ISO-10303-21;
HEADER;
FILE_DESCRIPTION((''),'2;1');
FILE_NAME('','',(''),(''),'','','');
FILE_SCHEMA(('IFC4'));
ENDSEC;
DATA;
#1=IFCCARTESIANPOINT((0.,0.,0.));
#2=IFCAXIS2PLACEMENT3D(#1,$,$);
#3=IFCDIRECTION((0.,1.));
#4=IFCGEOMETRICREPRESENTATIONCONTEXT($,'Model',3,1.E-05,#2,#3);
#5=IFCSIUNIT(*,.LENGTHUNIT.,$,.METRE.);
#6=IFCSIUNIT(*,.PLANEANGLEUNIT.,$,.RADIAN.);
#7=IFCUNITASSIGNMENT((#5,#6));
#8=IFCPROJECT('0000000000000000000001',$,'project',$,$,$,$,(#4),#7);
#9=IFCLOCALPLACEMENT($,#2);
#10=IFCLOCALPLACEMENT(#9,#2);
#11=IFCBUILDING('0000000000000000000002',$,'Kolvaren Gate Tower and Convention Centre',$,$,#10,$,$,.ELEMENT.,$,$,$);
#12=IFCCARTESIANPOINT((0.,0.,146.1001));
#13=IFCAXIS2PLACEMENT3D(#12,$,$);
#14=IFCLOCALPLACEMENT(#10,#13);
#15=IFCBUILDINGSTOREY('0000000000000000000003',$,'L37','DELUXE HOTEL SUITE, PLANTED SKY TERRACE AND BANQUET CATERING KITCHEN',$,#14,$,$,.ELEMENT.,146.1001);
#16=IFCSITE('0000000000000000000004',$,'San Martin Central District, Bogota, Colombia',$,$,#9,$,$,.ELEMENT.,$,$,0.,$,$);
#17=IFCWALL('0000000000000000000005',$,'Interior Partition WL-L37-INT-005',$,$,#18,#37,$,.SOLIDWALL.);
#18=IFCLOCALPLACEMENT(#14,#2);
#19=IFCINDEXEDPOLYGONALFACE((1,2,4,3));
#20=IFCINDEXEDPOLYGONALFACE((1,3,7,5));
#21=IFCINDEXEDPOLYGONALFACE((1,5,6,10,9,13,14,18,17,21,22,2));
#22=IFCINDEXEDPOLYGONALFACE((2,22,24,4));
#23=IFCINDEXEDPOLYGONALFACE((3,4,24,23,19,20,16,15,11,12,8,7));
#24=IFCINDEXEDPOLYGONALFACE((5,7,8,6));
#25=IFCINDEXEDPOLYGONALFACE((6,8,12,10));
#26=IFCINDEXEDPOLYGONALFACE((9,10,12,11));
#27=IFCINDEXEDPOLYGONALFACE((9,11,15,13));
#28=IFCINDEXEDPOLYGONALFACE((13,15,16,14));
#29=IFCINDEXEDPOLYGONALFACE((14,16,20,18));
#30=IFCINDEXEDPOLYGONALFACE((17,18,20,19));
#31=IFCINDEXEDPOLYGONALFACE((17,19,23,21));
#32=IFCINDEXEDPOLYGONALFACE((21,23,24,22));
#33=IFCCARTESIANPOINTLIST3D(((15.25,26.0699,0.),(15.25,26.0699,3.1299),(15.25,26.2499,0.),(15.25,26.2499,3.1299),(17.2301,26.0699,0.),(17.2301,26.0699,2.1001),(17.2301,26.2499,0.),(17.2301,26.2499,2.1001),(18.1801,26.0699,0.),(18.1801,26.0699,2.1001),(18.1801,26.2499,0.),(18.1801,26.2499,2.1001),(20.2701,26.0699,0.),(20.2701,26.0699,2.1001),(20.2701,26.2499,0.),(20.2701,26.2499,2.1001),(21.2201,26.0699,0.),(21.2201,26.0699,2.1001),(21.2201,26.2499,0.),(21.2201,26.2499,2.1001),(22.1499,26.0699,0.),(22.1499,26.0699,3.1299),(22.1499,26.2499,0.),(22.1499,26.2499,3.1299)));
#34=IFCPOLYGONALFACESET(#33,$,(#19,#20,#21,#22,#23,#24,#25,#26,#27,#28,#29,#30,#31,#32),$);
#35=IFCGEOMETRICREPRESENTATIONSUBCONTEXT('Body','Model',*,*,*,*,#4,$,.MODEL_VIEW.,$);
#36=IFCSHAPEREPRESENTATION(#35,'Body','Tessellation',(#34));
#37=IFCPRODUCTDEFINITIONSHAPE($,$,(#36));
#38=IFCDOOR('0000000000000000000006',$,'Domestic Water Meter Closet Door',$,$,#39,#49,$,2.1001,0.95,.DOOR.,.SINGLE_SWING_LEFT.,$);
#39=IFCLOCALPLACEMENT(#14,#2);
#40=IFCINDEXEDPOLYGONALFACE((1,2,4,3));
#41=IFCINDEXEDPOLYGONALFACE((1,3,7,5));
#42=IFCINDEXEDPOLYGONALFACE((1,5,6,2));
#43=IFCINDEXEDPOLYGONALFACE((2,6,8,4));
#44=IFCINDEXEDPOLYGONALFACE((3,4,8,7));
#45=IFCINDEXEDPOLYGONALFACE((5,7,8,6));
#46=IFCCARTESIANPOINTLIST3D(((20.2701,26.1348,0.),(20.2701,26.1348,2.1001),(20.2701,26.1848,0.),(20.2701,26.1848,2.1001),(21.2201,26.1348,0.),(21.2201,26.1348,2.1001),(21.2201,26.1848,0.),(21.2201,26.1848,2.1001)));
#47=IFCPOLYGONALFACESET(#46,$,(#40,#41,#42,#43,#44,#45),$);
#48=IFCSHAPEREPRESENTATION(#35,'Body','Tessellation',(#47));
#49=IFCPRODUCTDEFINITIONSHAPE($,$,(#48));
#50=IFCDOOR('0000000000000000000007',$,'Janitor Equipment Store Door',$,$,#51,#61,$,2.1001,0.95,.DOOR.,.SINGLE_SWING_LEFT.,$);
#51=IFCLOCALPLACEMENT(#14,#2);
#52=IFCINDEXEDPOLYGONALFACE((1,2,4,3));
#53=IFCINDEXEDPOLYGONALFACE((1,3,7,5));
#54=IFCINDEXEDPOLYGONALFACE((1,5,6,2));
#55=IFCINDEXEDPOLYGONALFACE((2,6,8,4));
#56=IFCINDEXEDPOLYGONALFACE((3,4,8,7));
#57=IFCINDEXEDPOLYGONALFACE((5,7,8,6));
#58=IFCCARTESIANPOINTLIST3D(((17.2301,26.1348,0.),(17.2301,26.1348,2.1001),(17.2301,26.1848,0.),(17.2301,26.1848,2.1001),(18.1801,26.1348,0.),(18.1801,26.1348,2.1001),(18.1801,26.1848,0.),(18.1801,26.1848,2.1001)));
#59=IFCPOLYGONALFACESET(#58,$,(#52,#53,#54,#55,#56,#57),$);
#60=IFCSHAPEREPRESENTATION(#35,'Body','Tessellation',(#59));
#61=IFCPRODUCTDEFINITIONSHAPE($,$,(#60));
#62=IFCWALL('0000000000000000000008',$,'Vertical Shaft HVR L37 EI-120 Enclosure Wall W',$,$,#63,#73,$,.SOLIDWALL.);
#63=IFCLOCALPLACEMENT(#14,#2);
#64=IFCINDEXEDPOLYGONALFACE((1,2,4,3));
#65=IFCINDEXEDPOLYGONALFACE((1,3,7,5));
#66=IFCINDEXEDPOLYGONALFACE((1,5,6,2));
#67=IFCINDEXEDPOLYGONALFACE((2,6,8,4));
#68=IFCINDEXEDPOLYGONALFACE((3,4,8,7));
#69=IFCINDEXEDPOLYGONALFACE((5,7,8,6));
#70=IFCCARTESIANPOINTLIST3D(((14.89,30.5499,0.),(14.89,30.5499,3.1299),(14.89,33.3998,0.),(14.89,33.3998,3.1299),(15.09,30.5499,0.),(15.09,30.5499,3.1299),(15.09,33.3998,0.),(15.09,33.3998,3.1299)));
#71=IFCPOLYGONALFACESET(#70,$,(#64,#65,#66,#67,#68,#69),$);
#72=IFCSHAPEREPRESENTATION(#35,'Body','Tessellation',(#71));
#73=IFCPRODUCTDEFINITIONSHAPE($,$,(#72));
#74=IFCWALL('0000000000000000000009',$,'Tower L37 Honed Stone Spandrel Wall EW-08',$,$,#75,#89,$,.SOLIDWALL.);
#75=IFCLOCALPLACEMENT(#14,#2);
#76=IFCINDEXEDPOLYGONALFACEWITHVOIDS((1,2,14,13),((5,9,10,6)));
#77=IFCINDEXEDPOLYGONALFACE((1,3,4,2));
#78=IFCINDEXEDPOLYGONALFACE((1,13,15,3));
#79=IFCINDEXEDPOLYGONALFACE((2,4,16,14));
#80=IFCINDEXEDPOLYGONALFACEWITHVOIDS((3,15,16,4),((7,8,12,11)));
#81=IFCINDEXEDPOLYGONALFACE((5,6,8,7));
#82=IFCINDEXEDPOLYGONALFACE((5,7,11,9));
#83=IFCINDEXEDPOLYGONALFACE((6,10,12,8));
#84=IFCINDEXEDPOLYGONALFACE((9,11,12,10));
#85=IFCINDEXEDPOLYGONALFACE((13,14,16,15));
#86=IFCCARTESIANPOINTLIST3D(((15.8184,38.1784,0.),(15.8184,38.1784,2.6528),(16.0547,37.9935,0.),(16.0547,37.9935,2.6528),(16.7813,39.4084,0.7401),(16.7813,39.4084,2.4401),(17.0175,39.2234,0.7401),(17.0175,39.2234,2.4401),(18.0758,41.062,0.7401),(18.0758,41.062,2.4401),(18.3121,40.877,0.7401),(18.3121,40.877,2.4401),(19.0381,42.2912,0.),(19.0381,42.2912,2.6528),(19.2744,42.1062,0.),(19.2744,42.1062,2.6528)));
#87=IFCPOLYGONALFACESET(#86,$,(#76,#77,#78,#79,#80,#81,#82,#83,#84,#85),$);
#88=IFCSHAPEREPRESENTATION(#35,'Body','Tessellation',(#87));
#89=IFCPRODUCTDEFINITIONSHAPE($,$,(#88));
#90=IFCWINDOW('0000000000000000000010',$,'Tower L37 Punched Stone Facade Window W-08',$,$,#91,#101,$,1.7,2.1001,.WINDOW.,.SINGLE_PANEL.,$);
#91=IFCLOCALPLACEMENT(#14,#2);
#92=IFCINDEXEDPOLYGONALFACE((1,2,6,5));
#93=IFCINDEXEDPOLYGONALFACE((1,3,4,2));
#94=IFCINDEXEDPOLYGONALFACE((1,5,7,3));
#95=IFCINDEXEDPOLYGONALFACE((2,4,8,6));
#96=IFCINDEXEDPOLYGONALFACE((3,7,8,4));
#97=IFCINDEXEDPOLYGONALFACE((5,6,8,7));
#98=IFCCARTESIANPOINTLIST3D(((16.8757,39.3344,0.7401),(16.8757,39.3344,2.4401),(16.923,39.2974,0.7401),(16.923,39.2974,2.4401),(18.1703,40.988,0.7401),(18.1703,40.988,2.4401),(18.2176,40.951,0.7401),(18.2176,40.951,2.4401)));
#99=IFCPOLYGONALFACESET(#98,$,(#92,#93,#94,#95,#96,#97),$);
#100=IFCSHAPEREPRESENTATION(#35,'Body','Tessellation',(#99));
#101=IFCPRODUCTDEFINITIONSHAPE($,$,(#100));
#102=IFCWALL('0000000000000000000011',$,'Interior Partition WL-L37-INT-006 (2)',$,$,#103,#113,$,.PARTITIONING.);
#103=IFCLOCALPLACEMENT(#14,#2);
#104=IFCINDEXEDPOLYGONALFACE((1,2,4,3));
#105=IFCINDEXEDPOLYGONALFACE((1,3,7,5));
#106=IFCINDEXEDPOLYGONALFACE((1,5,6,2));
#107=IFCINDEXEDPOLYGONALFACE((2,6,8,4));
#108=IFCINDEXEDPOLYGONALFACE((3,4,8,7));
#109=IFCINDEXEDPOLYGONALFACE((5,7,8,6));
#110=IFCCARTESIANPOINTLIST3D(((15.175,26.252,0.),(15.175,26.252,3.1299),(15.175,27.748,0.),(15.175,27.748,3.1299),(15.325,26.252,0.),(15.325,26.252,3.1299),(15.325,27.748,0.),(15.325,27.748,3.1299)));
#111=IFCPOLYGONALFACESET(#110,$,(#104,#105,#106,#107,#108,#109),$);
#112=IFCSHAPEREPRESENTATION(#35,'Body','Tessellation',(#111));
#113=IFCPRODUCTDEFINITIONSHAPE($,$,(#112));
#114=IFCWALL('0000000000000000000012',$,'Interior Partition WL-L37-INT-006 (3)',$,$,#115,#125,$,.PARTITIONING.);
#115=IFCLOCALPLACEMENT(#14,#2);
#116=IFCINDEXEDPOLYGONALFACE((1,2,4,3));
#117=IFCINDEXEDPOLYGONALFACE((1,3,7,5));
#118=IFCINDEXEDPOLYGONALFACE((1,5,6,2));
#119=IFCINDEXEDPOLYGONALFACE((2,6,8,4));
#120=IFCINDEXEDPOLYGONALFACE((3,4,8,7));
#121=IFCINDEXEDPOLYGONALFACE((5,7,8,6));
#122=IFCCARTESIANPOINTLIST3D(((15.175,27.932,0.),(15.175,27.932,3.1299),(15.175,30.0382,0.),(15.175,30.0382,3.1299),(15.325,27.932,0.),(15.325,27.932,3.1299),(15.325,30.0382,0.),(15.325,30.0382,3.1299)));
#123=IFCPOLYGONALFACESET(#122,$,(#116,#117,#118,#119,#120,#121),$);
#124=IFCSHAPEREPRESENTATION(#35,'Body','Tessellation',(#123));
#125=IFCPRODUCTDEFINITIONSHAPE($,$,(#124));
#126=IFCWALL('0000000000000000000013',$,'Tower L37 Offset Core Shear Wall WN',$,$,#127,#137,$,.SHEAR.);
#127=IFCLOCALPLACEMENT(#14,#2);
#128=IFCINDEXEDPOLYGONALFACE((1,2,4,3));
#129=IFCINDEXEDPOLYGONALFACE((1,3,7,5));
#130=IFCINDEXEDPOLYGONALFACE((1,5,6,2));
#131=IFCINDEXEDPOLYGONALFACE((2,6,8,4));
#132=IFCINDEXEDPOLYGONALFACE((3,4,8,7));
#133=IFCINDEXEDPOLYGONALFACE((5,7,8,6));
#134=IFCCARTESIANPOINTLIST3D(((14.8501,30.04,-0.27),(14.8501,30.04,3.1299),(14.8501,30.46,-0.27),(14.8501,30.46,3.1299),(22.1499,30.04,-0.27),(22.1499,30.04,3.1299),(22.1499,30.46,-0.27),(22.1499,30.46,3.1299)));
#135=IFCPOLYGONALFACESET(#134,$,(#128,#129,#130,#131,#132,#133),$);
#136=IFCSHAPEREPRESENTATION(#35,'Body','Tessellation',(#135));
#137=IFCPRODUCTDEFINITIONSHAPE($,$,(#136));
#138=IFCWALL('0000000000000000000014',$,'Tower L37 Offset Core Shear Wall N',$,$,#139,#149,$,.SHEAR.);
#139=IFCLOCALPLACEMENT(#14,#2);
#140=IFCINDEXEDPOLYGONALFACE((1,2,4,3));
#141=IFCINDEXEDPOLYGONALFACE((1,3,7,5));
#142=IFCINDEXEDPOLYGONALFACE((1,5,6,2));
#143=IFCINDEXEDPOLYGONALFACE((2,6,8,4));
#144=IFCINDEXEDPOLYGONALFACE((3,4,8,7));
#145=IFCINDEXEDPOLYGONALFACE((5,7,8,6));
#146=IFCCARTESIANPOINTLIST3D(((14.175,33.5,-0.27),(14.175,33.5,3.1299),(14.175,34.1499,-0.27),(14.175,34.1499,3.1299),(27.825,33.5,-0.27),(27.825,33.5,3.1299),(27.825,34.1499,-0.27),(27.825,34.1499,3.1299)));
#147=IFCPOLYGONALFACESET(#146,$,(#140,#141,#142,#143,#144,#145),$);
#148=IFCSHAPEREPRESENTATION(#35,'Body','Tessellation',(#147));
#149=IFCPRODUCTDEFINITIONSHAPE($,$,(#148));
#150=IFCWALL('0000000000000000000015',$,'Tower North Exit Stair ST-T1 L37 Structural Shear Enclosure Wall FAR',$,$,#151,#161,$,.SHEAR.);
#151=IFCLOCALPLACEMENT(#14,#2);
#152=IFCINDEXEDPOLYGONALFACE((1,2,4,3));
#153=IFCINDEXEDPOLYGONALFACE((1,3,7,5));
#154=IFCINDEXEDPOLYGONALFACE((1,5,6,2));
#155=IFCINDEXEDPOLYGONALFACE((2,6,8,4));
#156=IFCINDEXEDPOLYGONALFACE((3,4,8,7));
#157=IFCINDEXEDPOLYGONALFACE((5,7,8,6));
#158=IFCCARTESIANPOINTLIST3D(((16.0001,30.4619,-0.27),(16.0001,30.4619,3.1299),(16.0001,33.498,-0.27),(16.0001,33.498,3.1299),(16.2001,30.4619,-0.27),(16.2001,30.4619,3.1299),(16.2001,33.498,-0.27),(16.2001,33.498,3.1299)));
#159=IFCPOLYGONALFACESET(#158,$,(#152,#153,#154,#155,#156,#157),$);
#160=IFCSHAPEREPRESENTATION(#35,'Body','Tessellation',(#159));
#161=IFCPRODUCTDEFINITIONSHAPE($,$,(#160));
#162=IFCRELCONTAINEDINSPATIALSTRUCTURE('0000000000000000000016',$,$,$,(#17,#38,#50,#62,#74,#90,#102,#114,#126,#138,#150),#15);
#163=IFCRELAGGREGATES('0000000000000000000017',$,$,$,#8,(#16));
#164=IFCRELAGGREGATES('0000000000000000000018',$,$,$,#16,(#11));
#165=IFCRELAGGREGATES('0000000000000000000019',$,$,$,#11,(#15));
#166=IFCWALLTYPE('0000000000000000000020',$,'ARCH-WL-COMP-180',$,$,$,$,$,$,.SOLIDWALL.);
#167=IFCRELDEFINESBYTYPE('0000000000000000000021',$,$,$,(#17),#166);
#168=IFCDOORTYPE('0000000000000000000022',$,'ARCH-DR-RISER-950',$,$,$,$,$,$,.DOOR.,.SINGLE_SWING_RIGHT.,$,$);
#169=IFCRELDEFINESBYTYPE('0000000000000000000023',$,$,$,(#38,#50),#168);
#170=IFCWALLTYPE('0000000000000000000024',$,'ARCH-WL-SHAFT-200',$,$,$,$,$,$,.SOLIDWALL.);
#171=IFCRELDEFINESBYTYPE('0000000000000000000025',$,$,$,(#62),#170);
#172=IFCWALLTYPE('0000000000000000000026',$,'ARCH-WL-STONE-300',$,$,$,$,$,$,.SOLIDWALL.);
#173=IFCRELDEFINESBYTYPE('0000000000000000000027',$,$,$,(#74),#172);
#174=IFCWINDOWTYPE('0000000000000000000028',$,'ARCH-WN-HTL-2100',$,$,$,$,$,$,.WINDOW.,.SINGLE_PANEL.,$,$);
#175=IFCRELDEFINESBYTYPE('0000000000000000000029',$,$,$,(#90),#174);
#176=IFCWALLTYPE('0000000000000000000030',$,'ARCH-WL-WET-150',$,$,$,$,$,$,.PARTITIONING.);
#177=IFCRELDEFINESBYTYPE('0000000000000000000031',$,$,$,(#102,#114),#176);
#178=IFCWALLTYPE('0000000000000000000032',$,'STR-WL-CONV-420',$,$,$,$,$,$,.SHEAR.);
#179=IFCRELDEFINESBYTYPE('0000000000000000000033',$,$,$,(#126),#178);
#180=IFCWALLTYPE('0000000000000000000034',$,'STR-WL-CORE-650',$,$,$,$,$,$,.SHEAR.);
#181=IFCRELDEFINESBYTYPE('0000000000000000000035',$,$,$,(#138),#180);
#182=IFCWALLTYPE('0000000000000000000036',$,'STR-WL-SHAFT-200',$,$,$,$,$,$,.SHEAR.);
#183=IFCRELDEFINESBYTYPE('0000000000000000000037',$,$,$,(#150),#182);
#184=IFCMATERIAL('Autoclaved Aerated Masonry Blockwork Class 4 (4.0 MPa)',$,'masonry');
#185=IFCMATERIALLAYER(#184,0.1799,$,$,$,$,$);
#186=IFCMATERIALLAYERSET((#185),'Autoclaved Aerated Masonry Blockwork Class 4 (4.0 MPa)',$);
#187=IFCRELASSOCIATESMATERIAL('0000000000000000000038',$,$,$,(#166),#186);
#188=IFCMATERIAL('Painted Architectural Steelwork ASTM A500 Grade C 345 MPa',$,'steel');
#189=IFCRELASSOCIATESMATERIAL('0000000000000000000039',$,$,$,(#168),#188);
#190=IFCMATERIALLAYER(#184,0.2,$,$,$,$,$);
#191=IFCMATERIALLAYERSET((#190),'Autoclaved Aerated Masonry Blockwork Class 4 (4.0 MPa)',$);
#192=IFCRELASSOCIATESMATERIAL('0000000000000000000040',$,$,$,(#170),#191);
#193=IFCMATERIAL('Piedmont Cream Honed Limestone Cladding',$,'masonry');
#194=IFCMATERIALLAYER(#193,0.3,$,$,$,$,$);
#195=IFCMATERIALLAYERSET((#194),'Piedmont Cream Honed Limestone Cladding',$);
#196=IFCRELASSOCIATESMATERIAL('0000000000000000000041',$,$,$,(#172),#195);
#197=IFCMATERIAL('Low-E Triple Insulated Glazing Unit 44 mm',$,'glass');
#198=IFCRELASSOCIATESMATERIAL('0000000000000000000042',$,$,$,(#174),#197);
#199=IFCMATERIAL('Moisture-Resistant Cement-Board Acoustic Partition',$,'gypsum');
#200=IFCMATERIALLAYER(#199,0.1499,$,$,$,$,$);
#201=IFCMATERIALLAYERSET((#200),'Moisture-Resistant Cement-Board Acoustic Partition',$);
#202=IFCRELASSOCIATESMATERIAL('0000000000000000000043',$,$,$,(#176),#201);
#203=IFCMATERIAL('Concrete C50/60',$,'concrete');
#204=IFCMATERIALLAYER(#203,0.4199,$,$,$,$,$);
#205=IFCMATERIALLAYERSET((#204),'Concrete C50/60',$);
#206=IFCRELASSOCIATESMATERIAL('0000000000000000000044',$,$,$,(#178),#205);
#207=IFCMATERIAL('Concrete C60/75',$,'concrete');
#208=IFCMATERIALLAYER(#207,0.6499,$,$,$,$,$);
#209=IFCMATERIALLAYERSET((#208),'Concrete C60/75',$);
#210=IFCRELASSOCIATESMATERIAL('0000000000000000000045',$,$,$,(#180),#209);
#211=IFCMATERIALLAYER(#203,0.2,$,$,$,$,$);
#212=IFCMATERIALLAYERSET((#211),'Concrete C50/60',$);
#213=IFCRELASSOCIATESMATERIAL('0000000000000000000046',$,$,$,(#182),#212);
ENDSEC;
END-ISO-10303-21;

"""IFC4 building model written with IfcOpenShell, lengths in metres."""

from ifc_helpers import new_model, si_unit, direction, frame, frame_2d, origin, place, context, subcontext, project, spatial, rectangle, extrude, material, layer, layer_set, type_object, element, fill, save


model = new_model("IFC4")

# Units and contexts
model_context = context("Model", 3, precision=1e-05, world=origin(), true_north=direction((0.0, 1.0)))
body_context = subcontext(model_context, "Body", "Model", "MODEL_VIEW")
ifc_project = project(units=[si_unit("LENGTHUNIT", "METRE"), si_unit("PLANEANGLEUNIT", "RADIAN")], contexts=[model_context])

# Site, building, storey
site_placement = place(None, origin())
site = spatial("IfcSite", under=ifc_project, at=site_placement, Name="San Martin Central District, Bogota, Colombia", CompositionType="ELEMENT", RefElevation=0.0)
building_placement = place(site_placement, origin())
building = spatial("IfcBuilding", under=site, at=building_placement, Name="Kolvaren Gate Tower and Convention Centre", CompositionType="ELEMENT")
storey_placement = place(building_placement, frame((0.0, 0.0, 146.1001)))
storey = spatial("IfcBuildingStorey", under=building, at=storey_placement, Name="L37", Description="DELUXE HOTEL SUITE, PLANTED SKY TERRACE AND BANQUET CATERING KITCHEN", CompositionType="ELEMENT", Elevation=146.1001)

# Shared definitions
ifc_material_1 = material(Name="Concrete C60/75", Category="concrete")

# Wall, openings, doors
ifc_material_2 = material(Name="Autoclaved Aerated Masonry Blockwork Class 4 (4.0 MPa)", Category="masonry")
ifc_layer_1 = layer(ifc_material_2, 0.1799)
ifc_layer_set_1 = layer_set([ifc_layer_1], Name="Autoclaved Aerated Masonry Blockwork Class 4 (4.0 MPa)")
wall_type_1 = type_object("IfcWallType", Name="ARCH-WL-COMP-180", PredefinedType="SOLIDWALL", material=ifc_layer_set_1)
ifc_material_3 = material(Name="Painted Architectural Steelwork ASTM A500 Grade C 345 MPa", Category="steel")
door_type = type_object("IfcDoorType", Name="ARCH-DR-RISER-950", OperationType="SINGLE_SWING_RIGHT", PredefinedType="DOOR", material=ifc_material_3)
wall_1_placement = place(storey_placement, frame((15.25, 26.1599, 0.0), z_axis=(0.0, 0.0, 1.0), x_axis=(1.0, 0.0, 0.0)))
wall_1 = element("IfcWall", 1, at=wall_1_placement, inside=storey, type_object=wall_type_1, Name="Interior Partition WL-L37-INT-005", PredefinedType="SOLIDWALL", context=body_context, shape_type="SweptSolid", body=[
    extrude(rectangle(XDim=6.8999, YDim=0.1799, at=frame_2d((3.45, 0.0))), origin(), (0.0, 0.0, 1.0), 3.1299),
])
opening_1_placement = place(wall_1_placement, frame((5.02, 0.0, 0.0)))
opening_1 = element("IfcOpeningElement", 2, at=opening_1_placement, cuts=wall_1, PredefinedType="OPENING", context=body_context, shape_type="SweptSolid", body=[
    extrude(rectangle(XDim=0.95, YDim=2.1001, at=frame_2d((0.4751, 1.05))), frame((0.0, 0.0999, 0.0), z_axis=(0.0, -1.0, 0.0), x_axis=(1.0, 0.0, 0.0)), (0.0, 0.0, 1.0), 0.2),
])
opening_2_placement = place(wall_1_placement, frame((1.98, 0.0, 0.0)))
opening_2 = element("IfcOpeningElement", 3, at=opening_2_placement, cuts=wall_1, PredefinedType="OPENING", context=body_context, shape_type="SweptSolid", body=[
    extrude(rectangle(XDim=0.95, YDim=2.1001, at=frame_2d((0.4751, 1.05))), frame((0.0, 0.0999, 0.0), z_axis=(0.0, -1.0, 0.0), x_axis=(1.0, 0.0, 0.0)), (0.0, 0.0, 1.0), 0.2),
])
door_1_placement = place(opening_1_placement, origin())
door_1 = element("IfcDoor", 4, at=door_1_placement, inside=storey, type_object=door_type, Name="Domestic Water Meter Closet Door", OperationType="SINGLE_SWING_LEFT", OverallHeight=2.1001, OverallWidth=0.95, PredefinedType="DOOR", context=body_context, shape_type="SweptSolid", body=[
    extrude(rectangle(XDim=0.95, YDim=2.1001, at=frame_2d((0.4751, 1.05))), frame((0.0, 0.0249, 0.0), z_axis=(0.0, -1.0, 0.0), x_axis=(1.0, 0.0, 0.0)), (0.0, 0.0, 1.0), 0.05),
])
fill(opening_1, door_1)
door_2_placement = place(opening_2_placement, origin())
door_2 = element("IfcDoor", 5, at=door_2_placement, inside=storey, type_object=door_type, Name="Janitor Equipment Store Door", OperationType="SINGLE_SWING_LEFT", OverallHeight=2.1001, OverallWidth=0.95, PredefinedType="DOOR", context=body_context, shape_type="SweptSolid", body=[
    extrude(rectangle(XDim=0.95, YDim=2.1001, at=frame_2d((0.4751, 1.05))), frame((0.0, 0.0249, 0.0), z_axis=(0.0, -1.0, 0.0), x_axis=(1.0, 0.0, 0.0)), (0.0, 0.0, 1.0), 0.05),
])
fill(opening_2, door_2)

# Wall
ifc_layer_2 = layer(ifc_material_2, 0.2)
ifc_layer_set_2 = layer_set([ifc_layer_2], Name="Autoclaved Aerated Masonry Blockwork Class 4 (4.0 MPa)")
wall_type_2 = type_object("IfcWallType", Name="ARCH-WL-SHAFT-200", PredefinedType="SOLIDWALL", material=ifc_layer_set_2)
wall_2_placement = place(storey_placement, frame((14.99, 30.55, 0.0), z_axis=(0.0, 0.0, 1.0), x_axis=(0.0, 1.0, 0.0)))
element("IfcWall", 6, at=wall_2_placement, inside=storey, type_object=wall_type_2, Name="Vertical Shaft HVR L37 EI-120 Enclosure Wall W", PredefinedType="SOLIDWALL", context=body_context, shape_type="SweptSolid", body=[
    extrude(rectangle(XDim=2.8499, YDim=0.2, at=frame_2d((1.4248, 0.0))), origin(), (0.0, 0.0, 1.0), 3.1299),
])

# Wall, opening, window
ifc_material_4 = material(Name="Piedmont Cream Honed Limestone Cladding", Category="masonry")
ifc_layer_3 = layer(ifc_material_4, 0.3)
ifc_layer_set_3 = layer_set([ifc_layer_3], Name="Piedmont Cream Honed Limestone Cladding")
wall_type_3 = type_object("IfcWallType", Name="ARCH-WL-STONE-300", PredefinedType="SOLIDWALL", material=ifc_layer_set_3)
wall_3_placement = place(storey_placement, frame((15.9365, 38.0859, 0.0), z_axis=(0.0, 0.0, 1.0), x_axis=(0.616429, 0.78741, 0.0)))
wall_3 = element("IfcWall", 7, at=wall_3_placement, inside=storey, type_object=wall_type_3, Name="Tower L37 Honed Stone Spandrel Wall EW-08", PredefinedType="SOLIDWALL", context=body_context, shape_type="SweptSolid", body=[
    extrude(rectangle(XDim=5.2231, YDim=0.3, at=frame_2d((2.6116, 0.0))), origin(), (0.0, 0.0, 1.0), 2.6528),
])
opening_3_placement = place(wall_3_placement, frame((1.562, 0.0, 0.74)))
opening_3 = element("IfcOpeningElement", 8, at=opening_3_placement, cuts=wall_3, PredefinedType="OPENING", context=body_context, shape_type="SweptSolid", body=[
    extrude(rectangle(XDim=2.1001, YDim=1.7, at=frame_2d((1.05, 0.8501))), frame((0.0, 0.1599, 0.0), z_axis=(0.0, -1.0, 0.0), x_axis=(1.0, 0.0, 0.0)), (0.0, 0.0, 1.0), 0.3201),
])
ifc_material_5 = material(Name="Low-E Triple Insulated Glazing Unit 44 mm", Category="glass")
window_type = type_object("IfcWindowType", Name="ARCH-WN-HTL-2100", PartitioningType="SINGLE_PANEL", PredefinedType="WINDOW", material=ifc_material_5)
window_placement = place(opening_3_placement, origin())
window = element("IfcWindow", 9, at=window_placement, inside=storey, type_object=window_type, Name="Tower L37 Punched Stone Facade Window W-08", OverallHeight=1.7, OverallWidth=2.1001, PartitioningType="SINGLE_PANEL", PredefinedType="WINDOW", context=body_context, shape_type="SweptSolid", body=[
    extrude(rectangle(XDim=2.1001, YDim=1.7, at=frame_2d((1.05, 0.8501))), frame((0.0, 0.03, 0.0), z_axis=(0.0, -1.0, 0.0), x_axis=(1.0, 0.0, 0.0)), (0.0, 0.0, 1.0), 0.0601),
])
fill(opening_3, window)

# Walls
ifc_material_6 = material(Name="Moisture-Resistant Cement-Board Acoustic Partition", Category="gypsum")
ifc_layer_4 = layer(ifc_material_6, 0.1499)
ifc_layer_set_4 = layer_set([ifc_layer_4], Name="Moisture-Resistant Cement-Board Acoustic Partition")
wall_type_4 = type_object("IfcWallType", Name="ARCH-WL-WET-150", PredefinedType="PARTITIONING", material=ifc_layer_set_4)
wall_4_placement = place(storey_placement, frame((15.25, 26.252, 0.0), z_axis=(0.0, 0.0, 1.0), x_axis=(0.0, 1.0, 0.0)))
element("IfcWall", 10, at=wall_4_placement, inside=storey, type_object=wall_type_4, Name="Interior Partition WL-L37-INT-006 (2)", PredefinedType="PARTITIONING", context=body_context, shape_type="SweptSolid", body=[
    extrude(rectangle(XDim=1.4961, YDim=0.1499, at=frame_2d((0.748, 0.0))), origin(), (0.0, 0.0, 1.0), 3.1299),
])
wall_5_placement = place(storey_placement, frame((15.25, 27.9319, 0.0), z_axis=(0.0, 0.0, 1.0), x_axis=(0.0, 1.0, 0.0)))
element("IfcWall", 11, at=wall_5_placement, inside=storey, type_object=wall_type_4, Name="Interior Partition WL-L37-INT-006 (3)", PredefinedType="PARTITIONING", context=body_context, shape_type="SweptSolid", body=[
    extrude(rectangle(XDim=2.1062, YDim=0.1499, at=frame_2d((1.0532, 0.0))), origin(), (0.0, 0.0, 1.0), 3.1299),
])
ifc_material_7 = material(Name="Concrete C50/60", Category="concrete")
ifc_layer_5 = layer(ifc_material_7, 0.4199)
ifc_layer_set_5 = layer_set([ifc_layer_5], Name="Concrete C50/60")
wall_type_5 = type_object("IfcWallType", Name="STR-WL-CONV-420", PredefinedType="SHEAR", material=ifc_layer_set_5)
wall_6_placement = place(storey_placement, frame((14.8501, 30.25, -0.27), z_axis=(0.0, 0.0, 1.0), x_axis=(1.0, 0.0, 0.0)))
element("IfcWall", 12, at=wall_6_placement, inside=storey, type_object=wall_type_5, Name="Tower L37 Offset Core Shear Wall WN", PredefinedType="SHEAR", context=body_context, shape_type="SweptSolid", body=[
    extrude(rectangle(XDim=7.2998, YDim=0.4199, at=frame_2d((3.6499, 0.0))), origin(), (0.0, 0.0, 1.0), 3.3999),
])
ifc_layer_6 = layer(ifc_material_1, 0.6499)
ifc_layer_set_6 = layer_set([ifc_layer_6], Name="Concrete C60/75")
wall_type_6 = type_object("IfcWallType", Name="STR-WL-CORE-650", PredefinedType="SHEAR", material=ifc_layer_set_6)
wall_7_placement = place(storey_placement, frame((14.175, 33.825, -0.27), z_axis=(0.0, 0.0, 1.0), x_axis=(1.0, 0.0, 0.0)))
element("IfcWall", 13, at=wall_7_placement, inside=storey, type_object=wall_type_6, Name="Tower L37 Offset Core Shear Wall N", PredefinedType="SHEAR", context=body_context, shape_type="SweptSolid", body=[
    extrude(rectangle(XDim=13.6499, YDim=0.6499, at=frame_2d((6.825, 0.0))), origin(), (0.0, 0.0, 1.0), 3.3999),
])
ifc_layer_7 = layer(ifc_material_7, 0.2)
ifc_layer_set_7 = layer_set([ifc_layer_7], Name="Concrete C50/60")
wall_type_7 = type_object("IfcWallType", Name="STR-WL-SHAFT-200", PredefinedType="SHEAR", material=ifc_layer_set_7)
wall_8_placement = place(storey_placement, frame((16.1001, 30.4619, -0.27), z_axis=(0.0, 0.0, 1.0), x_axis=(0.0, 1.0, 0.0)))
element("IfcWall", 14, at=wall_8_placement, inside=storey, type_object=wall_type_7, Name="Tower North Exit Stair ST-T1 L37 Structural Shear Enclosure Wall FAR", PredefinedType="SHEAR", context=body_context, shape_type="SweptSolid", body=[
    extrude(rectangle(XDim=3.0361, YDim=0.2, at=frame_2d((1.5181, 0.0))), origin(), (0.0, 0.0, 1.0), 3.3999),
])

save(model, "model.ifc")
